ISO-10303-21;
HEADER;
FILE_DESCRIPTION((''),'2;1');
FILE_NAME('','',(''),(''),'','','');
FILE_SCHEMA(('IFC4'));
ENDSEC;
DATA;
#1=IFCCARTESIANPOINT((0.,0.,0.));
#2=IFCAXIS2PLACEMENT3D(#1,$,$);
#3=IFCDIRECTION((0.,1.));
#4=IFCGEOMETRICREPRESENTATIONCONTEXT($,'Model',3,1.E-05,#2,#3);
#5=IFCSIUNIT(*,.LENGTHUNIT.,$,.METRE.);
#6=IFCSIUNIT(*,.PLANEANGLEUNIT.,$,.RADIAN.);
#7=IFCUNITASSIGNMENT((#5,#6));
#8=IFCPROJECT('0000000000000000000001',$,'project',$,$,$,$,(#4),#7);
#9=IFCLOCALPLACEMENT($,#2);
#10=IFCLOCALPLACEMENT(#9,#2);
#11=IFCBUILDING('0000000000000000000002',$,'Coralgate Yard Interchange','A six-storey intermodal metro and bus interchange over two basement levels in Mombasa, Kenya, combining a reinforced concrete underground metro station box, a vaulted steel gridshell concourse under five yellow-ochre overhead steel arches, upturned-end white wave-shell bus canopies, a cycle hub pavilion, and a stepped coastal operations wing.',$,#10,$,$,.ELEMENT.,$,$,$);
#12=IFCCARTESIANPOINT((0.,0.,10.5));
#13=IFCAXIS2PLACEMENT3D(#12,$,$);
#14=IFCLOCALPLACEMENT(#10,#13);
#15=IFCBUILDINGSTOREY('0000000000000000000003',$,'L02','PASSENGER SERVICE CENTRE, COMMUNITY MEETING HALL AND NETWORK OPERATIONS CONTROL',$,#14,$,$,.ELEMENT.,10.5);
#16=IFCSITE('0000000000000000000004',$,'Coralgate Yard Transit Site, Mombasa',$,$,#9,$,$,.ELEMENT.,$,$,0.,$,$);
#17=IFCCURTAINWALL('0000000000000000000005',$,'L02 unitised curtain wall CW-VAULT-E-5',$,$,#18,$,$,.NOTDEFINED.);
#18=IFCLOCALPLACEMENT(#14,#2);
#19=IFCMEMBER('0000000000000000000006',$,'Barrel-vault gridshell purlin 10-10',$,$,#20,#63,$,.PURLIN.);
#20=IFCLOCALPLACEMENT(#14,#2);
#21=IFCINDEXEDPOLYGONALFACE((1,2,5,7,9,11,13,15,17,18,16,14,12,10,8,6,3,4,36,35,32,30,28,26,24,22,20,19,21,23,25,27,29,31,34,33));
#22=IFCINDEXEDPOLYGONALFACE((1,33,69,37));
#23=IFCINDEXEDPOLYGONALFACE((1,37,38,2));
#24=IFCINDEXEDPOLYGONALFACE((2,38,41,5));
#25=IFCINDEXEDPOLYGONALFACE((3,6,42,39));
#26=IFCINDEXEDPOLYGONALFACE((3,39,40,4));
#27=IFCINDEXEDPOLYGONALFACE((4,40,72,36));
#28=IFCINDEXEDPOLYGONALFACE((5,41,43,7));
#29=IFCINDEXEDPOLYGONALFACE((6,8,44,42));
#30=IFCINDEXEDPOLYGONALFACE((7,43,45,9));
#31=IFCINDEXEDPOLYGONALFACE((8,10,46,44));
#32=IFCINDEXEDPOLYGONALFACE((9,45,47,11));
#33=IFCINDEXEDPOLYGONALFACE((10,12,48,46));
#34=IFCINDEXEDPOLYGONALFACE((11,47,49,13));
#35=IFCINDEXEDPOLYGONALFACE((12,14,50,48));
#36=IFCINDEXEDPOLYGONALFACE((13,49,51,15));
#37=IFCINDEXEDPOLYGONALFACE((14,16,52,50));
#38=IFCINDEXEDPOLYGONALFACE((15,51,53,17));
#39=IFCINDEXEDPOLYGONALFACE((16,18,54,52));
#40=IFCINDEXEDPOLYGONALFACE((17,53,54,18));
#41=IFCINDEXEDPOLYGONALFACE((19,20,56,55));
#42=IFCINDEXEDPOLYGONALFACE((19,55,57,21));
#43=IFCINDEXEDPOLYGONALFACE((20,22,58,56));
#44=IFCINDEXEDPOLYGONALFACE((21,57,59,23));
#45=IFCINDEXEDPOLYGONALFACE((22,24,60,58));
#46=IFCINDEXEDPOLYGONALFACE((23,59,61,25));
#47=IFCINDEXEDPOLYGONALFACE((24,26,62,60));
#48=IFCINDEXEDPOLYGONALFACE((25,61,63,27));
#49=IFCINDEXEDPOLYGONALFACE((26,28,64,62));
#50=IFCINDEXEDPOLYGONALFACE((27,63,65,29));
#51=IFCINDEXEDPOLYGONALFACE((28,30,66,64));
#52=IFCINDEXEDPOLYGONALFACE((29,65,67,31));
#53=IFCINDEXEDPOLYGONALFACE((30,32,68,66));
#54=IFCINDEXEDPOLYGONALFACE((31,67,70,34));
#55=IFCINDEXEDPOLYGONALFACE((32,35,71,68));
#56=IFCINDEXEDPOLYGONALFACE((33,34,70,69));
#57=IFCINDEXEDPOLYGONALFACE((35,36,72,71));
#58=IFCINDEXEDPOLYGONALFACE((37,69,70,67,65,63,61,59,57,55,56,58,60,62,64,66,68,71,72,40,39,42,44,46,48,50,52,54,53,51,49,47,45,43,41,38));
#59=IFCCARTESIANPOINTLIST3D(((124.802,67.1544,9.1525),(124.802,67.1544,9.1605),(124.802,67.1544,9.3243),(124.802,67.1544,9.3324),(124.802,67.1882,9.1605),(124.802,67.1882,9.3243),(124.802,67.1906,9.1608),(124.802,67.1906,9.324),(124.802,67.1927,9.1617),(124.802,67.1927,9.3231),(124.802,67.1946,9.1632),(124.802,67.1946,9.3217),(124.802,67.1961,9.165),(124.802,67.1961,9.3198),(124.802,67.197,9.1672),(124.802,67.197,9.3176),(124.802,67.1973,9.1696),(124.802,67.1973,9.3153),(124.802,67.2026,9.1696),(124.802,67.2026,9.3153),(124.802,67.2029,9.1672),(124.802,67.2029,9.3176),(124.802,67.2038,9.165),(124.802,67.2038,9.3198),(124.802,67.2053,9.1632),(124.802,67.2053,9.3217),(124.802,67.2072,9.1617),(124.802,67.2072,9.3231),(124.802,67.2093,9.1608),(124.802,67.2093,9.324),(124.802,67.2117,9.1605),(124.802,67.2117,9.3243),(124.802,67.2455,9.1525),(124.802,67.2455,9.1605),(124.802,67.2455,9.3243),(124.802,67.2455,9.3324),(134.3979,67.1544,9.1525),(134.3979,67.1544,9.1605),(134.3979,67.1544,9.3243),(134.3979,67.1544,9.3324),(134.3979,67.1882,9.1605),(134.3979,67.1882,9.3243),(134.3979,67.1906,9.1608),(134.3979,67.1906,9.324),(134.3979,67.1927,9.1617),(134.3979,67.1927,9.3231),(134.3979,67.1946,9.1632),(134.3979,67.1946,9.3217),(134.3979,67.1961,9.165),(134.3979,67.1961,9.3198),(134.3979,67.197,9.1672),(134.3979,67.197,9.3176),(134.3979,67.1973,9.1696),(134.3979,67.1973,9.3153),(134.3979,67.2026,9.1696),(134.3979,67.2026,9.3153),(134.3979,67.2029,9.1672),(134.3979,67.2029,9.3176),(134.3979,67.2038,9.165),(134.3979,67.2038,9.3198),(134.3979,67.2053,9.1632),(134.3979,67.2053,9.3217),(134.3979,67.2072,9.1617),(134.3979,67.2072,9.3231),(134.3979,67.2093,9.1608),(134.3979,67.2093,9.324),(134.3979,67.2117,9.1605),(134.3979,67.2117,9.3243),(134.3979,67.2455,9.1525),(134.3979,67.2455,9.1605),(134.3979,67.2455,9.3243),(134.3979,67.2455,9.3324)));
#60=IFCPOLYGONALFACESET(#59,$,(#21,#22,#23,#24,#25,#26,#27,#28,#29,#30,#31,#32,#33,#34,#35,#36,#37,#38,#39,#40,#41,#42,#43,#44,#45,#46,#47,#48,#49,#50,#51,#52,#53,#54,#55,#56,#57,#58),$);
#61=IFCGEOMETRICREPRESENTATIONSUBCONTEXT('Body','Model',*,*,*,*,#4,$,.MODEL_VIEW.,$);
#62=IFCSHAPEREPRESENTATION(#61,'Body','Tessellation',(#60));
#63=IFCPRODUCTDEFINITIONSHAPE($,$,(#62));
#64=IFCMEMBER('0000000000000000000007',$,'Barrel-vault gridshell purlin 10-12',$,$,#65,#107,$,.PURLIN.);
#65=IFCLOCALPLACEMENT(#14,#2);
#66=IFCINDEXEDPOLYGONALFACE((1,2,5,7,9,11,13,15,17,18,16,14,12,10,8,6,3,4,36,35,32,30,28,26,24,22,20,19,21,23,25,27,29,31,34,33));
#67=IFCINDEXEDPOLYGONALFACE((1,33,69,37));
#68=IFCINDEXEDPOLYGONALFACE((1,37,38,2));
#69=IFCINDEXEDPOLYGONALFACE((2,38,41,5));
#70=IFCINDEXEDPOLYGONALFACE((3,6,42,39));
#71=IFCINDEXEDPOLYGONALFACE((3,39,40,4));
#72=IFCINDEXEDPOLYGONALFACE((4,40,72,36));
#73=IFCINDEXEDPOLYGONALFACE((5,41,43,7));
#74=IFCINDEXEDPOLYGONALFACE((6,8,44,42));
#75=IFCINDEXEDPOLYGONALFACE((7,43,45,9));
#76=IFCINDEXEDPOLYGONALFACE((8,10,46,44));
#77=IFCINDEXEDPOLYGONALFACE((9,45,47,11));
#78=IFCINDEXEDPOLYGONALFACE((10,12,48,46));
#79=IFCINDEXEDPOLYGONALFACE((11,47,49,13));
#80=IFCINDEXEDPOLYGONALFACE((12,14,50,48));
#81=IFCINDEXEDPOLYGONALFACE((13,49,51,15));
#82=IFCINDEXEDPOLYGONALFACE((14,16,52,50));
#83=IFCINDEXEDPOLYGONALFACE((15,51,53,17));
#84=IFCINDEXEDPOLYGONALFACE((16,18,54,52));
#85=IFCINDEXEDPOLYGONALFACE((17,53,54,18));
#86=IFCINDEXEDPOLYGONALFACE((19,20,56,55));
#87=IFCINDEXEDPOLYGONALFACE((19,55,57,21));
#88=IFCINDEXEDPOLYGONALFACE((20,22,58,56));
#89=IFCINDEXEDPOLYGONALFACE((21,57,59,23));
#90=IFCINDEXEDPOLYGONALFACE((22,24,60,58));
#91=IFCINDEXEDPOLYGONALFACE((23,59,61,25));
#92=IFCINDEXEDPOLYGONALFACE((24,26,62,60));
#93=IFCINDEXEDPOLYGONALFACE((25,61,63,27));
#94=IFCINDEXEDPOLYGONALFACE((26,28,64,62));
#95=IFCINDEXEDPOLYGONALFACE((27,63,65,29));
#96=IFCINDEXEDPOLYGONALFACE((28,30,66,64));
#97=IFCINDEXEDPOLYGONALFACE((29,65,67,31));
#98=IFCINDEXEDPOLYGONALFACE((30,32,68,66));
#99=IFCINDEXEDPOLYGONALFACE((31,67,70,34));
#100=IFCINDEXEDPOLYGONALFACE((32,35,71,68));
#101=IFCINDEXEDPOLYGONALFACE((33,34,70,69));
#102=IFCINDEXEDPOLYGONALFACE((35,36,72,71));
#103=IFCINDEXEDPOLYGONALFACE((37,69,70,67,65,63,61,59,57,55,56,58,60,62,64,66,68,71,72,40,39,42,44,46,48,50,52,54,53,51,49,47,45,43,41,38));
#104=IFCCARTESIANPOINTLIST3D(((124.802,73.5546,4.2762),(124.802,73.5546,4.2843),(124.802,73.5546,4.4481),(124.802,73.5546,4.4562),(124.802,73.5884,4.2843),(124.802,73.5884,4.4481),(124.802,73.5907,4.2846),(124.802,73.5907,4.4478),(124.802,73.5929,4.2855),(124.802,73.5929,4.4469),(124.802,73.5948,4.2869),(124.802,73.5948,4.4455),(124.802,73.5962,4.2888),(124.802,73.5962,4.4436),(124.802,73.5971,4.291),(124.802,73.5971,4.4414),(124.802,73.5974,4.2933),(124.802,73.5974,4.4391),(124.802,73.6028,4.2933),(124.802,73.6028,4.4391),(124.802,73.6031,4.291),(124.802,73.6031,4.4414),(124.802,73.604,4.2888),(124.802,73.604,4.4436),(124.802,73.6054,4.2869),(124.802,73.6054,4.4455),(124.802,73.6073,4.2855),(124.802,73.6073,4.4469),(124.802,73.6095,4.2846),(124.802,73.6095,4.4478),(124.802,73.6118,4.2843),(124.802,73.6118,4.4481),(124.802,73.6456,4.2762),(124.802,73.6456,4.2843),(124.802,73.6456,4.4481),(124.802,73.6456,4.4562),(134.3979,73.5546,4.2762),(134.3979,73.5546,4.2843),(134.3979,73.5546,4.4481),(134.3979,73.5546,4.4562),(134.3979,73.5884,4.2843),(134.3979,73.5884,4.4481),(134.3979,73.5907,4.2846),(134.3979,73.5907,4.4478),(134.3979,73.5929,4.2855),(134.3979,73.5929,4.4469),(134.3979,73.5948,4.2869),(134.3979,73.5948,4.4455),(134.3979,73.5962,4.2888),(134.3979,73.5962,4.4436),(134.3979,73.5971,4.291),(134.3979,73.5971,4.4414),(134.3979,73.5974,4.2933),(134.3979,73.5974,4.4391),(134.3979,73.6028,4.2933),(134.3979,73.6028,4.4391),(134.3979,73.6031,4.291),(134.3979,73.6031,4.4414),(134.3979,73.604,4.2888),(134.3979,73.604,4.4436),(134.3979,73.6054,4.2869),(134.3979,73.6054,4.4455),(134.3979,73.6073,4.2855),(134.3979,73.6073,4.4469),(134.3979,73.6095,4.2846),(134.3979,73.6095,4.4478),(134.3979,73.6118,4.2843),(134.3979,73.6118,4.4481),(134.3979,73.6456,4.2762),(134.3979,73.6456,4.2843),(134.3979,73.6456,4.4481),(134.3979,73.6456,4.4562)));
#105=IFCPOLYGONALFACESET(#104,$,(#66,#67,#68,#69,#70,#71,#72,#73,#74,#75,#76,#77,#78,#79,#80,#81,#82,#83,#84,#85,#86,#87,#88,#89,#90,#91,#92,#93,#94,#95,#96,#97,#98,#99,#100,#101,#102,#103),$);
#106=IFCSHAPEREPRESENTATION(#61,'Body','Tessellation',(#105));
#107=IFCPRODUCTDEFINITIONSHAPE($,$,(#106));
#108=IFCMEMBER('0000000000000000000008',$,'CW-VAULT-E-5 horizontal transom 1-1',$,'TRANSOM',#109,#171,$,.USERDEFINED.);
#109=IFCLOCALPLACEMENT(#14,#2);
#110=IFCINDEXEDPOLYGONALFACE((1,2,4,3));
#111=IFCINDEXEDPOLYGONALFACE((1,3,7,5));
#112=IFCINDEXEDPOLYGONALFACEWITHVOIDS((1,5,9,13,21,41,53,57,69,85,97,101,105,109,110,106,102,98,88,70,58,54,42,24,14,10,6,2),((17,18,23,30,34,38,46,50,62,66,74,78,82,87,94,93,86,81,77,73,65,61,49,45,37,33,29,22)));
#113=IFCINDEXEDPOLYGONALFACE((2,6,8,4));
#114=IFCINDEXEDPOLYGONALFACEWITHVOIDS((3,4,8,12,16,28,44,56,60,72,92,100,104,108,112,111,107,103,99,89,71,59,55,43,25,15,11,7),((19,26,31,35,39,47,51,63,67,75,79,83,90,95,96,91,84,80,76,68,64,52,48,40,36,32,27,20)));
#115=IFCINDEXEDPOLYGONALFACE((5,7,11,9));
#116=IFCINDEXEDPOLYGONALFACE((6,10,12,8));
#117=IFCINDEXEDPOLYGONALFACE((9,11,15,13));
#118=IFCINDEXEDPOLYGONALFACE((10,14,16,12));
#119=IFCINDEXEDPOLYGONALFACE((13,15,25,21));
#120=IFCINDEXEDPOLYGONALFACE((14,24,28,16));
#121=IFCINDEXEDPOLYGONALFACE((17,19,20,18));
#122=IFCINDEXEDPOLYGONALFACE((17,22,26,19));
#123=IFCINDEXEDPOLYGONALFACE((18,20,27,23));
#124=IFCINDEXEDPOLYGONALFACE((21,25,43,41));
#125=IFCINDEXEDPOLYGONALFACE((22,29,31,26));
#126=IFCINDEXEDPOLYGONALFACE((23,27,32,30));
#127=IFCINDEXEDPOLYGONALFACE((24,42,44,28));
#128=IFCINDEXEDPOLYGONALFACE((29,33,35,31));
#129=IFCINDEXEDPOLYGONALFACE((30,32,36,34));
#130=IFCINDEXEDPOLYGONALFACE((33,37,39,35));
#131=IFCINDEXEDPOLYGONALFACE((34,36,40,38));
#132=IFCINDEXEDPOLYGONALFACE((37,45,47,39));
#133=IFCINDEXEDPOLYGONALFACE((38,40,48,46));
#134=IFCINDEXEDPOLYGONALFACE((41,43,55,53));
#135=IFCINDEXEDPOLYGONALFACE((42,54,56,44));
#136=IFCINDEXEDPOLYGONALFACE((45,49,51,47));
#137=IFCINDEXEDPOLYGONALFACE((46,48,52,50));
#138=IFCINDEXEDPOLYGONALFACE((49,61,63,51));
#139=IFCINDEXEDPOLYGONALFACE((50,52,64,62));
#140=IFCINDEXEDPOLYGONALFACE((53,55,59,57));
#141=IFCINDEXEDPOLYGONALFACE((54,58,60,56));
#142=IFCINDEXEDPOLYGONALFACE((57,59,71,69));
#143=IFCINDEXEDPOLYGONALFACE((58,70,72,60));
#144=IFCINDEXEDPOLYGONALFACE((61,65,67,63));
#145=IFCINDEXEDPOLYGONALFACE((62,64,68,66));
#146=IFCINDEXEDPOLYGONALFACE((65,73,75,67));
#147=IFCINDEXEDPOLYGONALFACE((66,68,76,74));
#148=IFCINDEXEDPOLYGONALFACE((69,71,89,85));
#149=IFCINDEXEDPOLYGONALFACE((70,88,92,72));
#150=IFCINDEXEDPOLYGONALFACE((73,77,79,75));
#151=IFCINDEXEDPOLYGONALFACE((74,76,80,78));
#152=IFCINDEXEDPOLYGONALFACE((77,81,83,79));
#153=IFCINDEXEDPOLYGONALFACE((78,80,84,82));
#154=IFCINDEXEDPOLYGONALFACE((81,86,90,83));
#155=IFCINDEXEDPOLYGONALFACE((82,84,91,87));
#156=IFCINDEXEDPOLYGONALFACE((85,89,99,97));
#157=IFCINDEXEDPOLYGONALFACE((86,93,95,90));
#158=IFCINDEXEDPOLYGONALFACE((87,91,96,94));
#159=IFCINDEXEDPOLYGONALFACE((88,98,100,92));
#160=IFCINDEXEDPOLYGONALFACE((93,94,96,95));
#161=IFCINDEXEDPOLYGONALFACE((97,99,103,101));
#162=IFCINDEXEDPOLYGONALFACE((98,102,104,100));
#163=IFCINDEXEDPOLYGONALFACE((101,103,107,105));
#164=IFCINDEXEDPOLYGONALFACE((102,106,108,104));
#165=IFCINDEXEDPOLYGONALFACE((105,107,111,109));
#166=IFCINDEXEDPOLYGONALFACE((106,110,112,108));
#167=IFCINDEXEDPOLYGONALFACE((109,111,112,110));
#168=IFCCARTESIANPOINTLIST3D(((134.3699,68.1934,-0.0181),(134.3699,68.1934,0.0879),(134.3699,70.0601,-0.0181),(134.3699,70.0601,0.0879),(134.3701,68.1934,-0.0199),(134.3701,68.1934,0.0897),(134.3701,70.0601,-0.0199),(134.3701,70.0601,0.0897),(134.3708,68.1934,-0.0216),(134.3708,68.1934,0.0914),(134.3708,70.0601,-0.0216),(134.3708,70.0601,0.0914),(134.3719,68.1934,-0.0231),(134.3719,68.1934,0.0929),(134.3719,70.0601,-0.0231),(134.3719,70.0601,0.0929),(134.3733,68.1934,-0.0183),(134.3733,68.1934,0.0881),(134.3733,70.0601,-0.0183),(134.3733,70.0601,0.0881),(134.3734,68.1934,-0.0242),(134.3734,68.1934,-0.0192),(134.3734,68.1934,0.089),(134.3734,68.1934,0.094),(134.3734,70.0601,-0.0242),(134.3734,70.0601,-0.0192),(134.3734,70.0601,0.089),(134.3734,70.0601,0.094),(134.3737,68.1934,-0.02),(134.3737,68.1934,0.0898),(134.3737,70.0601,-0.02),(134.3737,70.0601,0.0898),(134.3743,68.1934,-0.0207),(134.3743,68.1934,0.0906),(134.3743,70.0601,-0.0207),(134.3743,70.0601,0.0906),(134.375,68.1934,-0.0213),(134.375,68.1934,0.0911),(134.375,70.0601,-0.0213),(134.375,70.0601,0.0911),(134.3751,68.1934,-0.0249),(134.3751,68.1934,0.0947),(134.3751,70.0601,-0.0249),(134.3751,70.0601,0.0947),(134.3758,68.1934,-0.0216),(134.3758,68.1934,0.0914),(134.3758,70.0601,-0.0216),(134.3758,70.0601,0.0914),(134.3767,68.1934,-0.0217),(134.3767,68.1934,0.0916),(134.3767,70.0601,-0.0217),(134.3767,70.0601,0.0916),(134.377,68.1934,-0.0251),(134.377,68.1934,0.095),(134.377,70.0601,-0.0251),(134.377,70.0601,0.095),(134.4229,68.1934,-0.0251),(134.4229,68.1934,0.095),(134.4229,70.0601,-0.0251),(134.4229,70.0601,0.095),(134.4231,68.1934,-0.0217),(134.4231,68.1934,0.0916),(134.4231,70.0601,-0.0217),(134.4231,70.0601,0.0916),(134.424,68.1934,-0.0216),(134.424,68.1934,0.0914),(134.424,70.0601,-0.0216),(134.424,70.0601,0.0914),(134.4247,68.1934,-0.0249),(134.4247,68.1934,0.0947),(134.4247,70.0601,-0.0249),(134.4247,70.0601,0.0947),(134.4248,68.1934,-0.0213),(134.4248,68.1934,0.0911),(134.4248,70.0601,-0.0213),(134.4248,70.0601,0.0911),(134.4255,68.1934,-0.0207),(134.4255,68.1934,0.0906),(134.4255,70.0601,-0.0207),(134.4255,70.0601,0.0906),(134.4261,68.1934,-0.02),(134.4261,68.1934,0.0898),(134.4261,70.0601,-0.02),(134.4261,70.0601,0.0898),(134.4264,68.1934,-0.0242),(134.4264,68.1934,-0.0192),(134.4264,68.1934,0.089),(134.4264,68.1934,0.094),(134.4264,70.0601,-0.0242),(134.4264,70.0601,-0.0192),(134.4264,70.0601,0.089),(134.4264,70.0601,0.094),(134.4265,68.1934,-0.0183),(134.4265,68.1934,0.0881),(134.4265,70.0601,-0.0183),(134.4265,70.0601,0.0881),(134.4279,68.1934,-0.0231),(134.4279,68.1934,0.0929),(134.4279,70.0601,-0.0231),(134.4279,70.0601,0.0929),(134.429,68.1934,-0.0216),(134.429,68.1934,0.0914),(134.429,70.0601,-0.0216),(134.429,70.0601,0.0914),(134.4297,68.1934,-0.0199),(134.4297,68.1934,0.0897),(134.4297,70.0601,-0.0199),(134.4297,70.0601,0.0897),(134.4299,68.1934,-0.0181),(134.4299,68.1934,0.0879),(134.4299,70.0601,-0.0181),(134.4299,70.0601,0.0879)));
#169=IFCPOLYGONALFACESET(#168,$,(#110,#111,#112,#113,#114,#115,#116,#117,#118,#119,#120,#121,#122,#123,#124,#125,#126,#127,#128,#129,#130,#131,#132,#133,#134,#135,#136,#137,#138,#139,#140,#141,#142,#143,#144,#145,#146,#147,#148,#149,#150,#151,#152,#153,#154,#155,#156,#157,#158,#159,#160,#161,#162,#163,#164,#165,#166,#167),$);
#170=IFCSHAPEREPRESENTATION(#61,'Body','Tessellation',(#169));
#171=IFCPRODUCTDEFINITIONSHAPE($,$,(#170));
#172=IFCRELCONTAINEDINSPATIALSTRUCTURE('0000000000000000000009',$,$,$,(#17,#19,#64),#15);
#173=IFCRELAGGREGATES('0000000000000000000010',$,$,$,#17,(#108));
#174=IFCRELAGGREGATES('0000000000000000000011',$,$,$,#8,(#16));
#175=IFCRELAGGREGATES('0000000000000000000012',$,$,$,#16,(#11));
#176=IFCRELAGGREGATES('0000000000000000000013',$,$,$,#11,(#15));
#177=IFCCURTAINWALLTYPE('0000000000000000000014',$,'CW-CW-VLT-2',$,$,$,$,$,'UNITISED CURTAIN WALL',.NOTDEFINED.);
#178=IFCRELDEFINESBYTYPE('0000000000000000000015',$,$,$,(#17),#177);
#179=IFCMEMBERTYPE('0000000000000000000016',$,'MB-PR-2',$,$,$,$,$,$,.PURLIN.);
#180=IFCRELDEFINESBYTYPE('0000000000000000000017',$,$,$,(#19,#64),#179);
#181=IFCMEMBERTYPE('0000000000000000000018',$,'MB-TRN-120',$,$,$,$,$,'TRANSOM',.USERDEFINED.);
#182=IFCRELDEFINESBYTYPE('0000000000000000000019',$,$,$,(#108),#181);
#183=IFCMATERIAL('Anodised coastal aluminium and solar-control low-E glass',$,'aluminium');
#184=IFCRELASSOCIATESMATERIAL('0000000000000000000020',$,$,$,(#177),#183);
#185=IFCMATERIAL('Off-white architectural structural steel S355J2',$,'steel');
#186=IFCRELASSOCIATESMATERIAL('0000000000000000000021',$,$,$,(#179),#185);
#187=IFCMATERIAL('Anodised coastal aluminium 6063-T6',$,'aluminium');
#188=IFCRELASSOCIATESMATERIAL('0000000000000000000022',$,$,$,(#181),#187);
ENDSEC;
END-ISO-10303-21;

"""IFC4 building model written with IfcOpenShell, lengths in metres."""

from ifc_helpers import new_model, si_unit, direction, frame, origin, origin_2d, place, context, subcontext, project, spatial, hollow_rectangle, i_section, extrude, material, material_profile, profile_set, type_object, element, aggregate, save


model = new_model("IFC4")

# Units and contexts
model_context = context("Model", 3, precision=1e-05, world=origin(), true_north=direction((0.0, 1.0)))
body_context = subcontext(model_context, "Body", "Model", "MODEL_VIEW")
ifc_project = project(units=[si_unit("LENGTHUNIT", "METRE"), si_unit("PLANEANGLEUNIT", "RADIAN")], contexts=[model_context])

# Site, building, storey
site_placement = place(None, origin())
site = spatial("IfcSite", under=ifc_project, at=site_placement, Name="Coralgate Yard Transit Site, Mombasa", CompositionType="ELEMENT", RefElevation=0.0)
building_placement = place(site_placement, origin())
building = spatial("IfcBuilding", under=site, at=building_placement, Name="Coralgate Yard Interchange", Description="A six-storey intermodal metro and bus interchange over two basement levels in Mombasa, Kenya, combining a reinforced concrete underground metro station box, a vaulted steel gridshell concourse under five yellow-ochre overhead steel arches, upturned-end white wave-shell bus canopies, a cycle hub pavilion, and a stepped coastal operations wing.", CompositionType="ELEMENT")
storey_placement = place(building_placement, frame((0.0, 0.0, 10.5)))
storey = spatial("IfcBuildingStorey", under=building, at=storey_placement, Name="L02", Description="PASSENGER SERVICE CENTRE, COMMUNITY MEETING HALL AND NETWORK OPERATIONS CONTROL", CompositionType="ELEMENT", Elevation=10.5)

# Curtain wall
ifc_material_1 = material(Name="Anodised coastal aluminium and solar-control low-E glass", Category="aluminium")
curtain_wall_type = type_object("IfcCurtainWallType", Name="CW-CW-VLT-2", ElementType="UNITISED CURTAIN WALL", PredefinedType="NOTDEFINED", material=ifc_material_1)
curtain_wall_placement = place(storey_placement, origin())
curtain_wall = element("IfcCurtainWall", 1, at=curtain_wall_placement, inside=storey, type_object=curtain_wall_type, Name="L02 unitised curtain wall CW-VAULT-E-5", PredefinedType="NOTDEFINED")
ifc_material_2 = material(Name="Anodised coastal aluminium 6063-T6", Category="aluminium")

# Members
ifc_material_3 = material(Name="Off-white architectural structural steel S355J2", Category="steel")
ifc_material_profile_1 = material_profile(ifc_material_3, i_section(OverallWidth=0.0911, OverallDepth=0.1799, WebThickness=0.0054, FlangeThickness=0.0081, FilletRadius=0.009, at=origin_2d()), Name="IPE 180")
ifc_profile_set_1 = profile_set([ifc_material_profile_1], Name="Off-white architectural structural steel S355J2")
member_type_1 = type_object("IfcMemberType", Name="MB-PR-2", PredefinedType="PURLIN", material=ifc_profile_set_1)
for number, where, z_axis, x_axis, name in (
    (2, (124.802, 67.2, 9.2424), (1.0, 0.0, 0.0), (0.0, 1.0, 0.0), "Barrel-vault gridshell purlin 10-10"),
    (3, (124.802, 73.6001, 4.3662), (1.0, 0.0, 0.0), (0.0, 1.0, 0.0), "Barrel-vault gridshell purlin 10-12"),
):
    element("IfcMember", number, at=place(storey_placement, frame(where, z_axis=z_axis, x_axis=x_axis)), inside=storey, type_object=member_type_1, Name=name, PredefinedType="PURLIN", context=body_context, shape_type="SweptSolid", body=[
        extrude(i_section(OverallWidth=0.0911, OverallDepth=0.1799, WebThickness=0.0054, FlangeThickness=0.0081, FilletRadius=0.009, at=origin_2d()), origin(), (0.0, 0.0, 1.0), 9.5959),
    ])

# Member
ifc_material_profile_2 = material_profile(ifc_material_2, hollow_rectangle(XDim=0.0601, YDim=0.1201, WallThickness=0.0034, InnerFilletRadius=0.0034, OuterFilletRadius=0.0071, at=origin_2d()), Name="ALU 60x120x3.5")
ifc_profile_set_2 = profile_set([ifc_material_profile_2], Name="Anodised coastal aluminium 6063-T6")
member_type_2 = type_object("IfcMemberType", Name="MB-TRN-120", ElementType="TRANSOM", PredefinedType="USERDEFINED", material=ifc_profile_set_2)
member_1_placement = place(storey_placement, frame((134.3999, 70.0601, 0.0349), z_axis=(0.0, -1.0, 0.0), x_axis=(1.0, 0.0, 0.0)))
member_1 = element("IfcMember", 4, at=member_1_placement, type_object=member_type_2, Name="CW-VAULT-E-5 horizontal transom 1-1", ObjectType="TRANSOM", PredefinedType="USERDEFINED", context=body_context, shape_type="SweptSolid", body=[
    extrude(hollow_rectangle(XDim=0.0601, YDim=0.1201, WallThickness=0.0034, InnerFilletRadius=0.0034, OuterFilletRadius=0.0071, at=origin_2d()), origin(), (0.0, 0.0, 1.0), 1.8667),
])

aggregate(curtain_wall, [member_1])

save(model, "model.ifc")
